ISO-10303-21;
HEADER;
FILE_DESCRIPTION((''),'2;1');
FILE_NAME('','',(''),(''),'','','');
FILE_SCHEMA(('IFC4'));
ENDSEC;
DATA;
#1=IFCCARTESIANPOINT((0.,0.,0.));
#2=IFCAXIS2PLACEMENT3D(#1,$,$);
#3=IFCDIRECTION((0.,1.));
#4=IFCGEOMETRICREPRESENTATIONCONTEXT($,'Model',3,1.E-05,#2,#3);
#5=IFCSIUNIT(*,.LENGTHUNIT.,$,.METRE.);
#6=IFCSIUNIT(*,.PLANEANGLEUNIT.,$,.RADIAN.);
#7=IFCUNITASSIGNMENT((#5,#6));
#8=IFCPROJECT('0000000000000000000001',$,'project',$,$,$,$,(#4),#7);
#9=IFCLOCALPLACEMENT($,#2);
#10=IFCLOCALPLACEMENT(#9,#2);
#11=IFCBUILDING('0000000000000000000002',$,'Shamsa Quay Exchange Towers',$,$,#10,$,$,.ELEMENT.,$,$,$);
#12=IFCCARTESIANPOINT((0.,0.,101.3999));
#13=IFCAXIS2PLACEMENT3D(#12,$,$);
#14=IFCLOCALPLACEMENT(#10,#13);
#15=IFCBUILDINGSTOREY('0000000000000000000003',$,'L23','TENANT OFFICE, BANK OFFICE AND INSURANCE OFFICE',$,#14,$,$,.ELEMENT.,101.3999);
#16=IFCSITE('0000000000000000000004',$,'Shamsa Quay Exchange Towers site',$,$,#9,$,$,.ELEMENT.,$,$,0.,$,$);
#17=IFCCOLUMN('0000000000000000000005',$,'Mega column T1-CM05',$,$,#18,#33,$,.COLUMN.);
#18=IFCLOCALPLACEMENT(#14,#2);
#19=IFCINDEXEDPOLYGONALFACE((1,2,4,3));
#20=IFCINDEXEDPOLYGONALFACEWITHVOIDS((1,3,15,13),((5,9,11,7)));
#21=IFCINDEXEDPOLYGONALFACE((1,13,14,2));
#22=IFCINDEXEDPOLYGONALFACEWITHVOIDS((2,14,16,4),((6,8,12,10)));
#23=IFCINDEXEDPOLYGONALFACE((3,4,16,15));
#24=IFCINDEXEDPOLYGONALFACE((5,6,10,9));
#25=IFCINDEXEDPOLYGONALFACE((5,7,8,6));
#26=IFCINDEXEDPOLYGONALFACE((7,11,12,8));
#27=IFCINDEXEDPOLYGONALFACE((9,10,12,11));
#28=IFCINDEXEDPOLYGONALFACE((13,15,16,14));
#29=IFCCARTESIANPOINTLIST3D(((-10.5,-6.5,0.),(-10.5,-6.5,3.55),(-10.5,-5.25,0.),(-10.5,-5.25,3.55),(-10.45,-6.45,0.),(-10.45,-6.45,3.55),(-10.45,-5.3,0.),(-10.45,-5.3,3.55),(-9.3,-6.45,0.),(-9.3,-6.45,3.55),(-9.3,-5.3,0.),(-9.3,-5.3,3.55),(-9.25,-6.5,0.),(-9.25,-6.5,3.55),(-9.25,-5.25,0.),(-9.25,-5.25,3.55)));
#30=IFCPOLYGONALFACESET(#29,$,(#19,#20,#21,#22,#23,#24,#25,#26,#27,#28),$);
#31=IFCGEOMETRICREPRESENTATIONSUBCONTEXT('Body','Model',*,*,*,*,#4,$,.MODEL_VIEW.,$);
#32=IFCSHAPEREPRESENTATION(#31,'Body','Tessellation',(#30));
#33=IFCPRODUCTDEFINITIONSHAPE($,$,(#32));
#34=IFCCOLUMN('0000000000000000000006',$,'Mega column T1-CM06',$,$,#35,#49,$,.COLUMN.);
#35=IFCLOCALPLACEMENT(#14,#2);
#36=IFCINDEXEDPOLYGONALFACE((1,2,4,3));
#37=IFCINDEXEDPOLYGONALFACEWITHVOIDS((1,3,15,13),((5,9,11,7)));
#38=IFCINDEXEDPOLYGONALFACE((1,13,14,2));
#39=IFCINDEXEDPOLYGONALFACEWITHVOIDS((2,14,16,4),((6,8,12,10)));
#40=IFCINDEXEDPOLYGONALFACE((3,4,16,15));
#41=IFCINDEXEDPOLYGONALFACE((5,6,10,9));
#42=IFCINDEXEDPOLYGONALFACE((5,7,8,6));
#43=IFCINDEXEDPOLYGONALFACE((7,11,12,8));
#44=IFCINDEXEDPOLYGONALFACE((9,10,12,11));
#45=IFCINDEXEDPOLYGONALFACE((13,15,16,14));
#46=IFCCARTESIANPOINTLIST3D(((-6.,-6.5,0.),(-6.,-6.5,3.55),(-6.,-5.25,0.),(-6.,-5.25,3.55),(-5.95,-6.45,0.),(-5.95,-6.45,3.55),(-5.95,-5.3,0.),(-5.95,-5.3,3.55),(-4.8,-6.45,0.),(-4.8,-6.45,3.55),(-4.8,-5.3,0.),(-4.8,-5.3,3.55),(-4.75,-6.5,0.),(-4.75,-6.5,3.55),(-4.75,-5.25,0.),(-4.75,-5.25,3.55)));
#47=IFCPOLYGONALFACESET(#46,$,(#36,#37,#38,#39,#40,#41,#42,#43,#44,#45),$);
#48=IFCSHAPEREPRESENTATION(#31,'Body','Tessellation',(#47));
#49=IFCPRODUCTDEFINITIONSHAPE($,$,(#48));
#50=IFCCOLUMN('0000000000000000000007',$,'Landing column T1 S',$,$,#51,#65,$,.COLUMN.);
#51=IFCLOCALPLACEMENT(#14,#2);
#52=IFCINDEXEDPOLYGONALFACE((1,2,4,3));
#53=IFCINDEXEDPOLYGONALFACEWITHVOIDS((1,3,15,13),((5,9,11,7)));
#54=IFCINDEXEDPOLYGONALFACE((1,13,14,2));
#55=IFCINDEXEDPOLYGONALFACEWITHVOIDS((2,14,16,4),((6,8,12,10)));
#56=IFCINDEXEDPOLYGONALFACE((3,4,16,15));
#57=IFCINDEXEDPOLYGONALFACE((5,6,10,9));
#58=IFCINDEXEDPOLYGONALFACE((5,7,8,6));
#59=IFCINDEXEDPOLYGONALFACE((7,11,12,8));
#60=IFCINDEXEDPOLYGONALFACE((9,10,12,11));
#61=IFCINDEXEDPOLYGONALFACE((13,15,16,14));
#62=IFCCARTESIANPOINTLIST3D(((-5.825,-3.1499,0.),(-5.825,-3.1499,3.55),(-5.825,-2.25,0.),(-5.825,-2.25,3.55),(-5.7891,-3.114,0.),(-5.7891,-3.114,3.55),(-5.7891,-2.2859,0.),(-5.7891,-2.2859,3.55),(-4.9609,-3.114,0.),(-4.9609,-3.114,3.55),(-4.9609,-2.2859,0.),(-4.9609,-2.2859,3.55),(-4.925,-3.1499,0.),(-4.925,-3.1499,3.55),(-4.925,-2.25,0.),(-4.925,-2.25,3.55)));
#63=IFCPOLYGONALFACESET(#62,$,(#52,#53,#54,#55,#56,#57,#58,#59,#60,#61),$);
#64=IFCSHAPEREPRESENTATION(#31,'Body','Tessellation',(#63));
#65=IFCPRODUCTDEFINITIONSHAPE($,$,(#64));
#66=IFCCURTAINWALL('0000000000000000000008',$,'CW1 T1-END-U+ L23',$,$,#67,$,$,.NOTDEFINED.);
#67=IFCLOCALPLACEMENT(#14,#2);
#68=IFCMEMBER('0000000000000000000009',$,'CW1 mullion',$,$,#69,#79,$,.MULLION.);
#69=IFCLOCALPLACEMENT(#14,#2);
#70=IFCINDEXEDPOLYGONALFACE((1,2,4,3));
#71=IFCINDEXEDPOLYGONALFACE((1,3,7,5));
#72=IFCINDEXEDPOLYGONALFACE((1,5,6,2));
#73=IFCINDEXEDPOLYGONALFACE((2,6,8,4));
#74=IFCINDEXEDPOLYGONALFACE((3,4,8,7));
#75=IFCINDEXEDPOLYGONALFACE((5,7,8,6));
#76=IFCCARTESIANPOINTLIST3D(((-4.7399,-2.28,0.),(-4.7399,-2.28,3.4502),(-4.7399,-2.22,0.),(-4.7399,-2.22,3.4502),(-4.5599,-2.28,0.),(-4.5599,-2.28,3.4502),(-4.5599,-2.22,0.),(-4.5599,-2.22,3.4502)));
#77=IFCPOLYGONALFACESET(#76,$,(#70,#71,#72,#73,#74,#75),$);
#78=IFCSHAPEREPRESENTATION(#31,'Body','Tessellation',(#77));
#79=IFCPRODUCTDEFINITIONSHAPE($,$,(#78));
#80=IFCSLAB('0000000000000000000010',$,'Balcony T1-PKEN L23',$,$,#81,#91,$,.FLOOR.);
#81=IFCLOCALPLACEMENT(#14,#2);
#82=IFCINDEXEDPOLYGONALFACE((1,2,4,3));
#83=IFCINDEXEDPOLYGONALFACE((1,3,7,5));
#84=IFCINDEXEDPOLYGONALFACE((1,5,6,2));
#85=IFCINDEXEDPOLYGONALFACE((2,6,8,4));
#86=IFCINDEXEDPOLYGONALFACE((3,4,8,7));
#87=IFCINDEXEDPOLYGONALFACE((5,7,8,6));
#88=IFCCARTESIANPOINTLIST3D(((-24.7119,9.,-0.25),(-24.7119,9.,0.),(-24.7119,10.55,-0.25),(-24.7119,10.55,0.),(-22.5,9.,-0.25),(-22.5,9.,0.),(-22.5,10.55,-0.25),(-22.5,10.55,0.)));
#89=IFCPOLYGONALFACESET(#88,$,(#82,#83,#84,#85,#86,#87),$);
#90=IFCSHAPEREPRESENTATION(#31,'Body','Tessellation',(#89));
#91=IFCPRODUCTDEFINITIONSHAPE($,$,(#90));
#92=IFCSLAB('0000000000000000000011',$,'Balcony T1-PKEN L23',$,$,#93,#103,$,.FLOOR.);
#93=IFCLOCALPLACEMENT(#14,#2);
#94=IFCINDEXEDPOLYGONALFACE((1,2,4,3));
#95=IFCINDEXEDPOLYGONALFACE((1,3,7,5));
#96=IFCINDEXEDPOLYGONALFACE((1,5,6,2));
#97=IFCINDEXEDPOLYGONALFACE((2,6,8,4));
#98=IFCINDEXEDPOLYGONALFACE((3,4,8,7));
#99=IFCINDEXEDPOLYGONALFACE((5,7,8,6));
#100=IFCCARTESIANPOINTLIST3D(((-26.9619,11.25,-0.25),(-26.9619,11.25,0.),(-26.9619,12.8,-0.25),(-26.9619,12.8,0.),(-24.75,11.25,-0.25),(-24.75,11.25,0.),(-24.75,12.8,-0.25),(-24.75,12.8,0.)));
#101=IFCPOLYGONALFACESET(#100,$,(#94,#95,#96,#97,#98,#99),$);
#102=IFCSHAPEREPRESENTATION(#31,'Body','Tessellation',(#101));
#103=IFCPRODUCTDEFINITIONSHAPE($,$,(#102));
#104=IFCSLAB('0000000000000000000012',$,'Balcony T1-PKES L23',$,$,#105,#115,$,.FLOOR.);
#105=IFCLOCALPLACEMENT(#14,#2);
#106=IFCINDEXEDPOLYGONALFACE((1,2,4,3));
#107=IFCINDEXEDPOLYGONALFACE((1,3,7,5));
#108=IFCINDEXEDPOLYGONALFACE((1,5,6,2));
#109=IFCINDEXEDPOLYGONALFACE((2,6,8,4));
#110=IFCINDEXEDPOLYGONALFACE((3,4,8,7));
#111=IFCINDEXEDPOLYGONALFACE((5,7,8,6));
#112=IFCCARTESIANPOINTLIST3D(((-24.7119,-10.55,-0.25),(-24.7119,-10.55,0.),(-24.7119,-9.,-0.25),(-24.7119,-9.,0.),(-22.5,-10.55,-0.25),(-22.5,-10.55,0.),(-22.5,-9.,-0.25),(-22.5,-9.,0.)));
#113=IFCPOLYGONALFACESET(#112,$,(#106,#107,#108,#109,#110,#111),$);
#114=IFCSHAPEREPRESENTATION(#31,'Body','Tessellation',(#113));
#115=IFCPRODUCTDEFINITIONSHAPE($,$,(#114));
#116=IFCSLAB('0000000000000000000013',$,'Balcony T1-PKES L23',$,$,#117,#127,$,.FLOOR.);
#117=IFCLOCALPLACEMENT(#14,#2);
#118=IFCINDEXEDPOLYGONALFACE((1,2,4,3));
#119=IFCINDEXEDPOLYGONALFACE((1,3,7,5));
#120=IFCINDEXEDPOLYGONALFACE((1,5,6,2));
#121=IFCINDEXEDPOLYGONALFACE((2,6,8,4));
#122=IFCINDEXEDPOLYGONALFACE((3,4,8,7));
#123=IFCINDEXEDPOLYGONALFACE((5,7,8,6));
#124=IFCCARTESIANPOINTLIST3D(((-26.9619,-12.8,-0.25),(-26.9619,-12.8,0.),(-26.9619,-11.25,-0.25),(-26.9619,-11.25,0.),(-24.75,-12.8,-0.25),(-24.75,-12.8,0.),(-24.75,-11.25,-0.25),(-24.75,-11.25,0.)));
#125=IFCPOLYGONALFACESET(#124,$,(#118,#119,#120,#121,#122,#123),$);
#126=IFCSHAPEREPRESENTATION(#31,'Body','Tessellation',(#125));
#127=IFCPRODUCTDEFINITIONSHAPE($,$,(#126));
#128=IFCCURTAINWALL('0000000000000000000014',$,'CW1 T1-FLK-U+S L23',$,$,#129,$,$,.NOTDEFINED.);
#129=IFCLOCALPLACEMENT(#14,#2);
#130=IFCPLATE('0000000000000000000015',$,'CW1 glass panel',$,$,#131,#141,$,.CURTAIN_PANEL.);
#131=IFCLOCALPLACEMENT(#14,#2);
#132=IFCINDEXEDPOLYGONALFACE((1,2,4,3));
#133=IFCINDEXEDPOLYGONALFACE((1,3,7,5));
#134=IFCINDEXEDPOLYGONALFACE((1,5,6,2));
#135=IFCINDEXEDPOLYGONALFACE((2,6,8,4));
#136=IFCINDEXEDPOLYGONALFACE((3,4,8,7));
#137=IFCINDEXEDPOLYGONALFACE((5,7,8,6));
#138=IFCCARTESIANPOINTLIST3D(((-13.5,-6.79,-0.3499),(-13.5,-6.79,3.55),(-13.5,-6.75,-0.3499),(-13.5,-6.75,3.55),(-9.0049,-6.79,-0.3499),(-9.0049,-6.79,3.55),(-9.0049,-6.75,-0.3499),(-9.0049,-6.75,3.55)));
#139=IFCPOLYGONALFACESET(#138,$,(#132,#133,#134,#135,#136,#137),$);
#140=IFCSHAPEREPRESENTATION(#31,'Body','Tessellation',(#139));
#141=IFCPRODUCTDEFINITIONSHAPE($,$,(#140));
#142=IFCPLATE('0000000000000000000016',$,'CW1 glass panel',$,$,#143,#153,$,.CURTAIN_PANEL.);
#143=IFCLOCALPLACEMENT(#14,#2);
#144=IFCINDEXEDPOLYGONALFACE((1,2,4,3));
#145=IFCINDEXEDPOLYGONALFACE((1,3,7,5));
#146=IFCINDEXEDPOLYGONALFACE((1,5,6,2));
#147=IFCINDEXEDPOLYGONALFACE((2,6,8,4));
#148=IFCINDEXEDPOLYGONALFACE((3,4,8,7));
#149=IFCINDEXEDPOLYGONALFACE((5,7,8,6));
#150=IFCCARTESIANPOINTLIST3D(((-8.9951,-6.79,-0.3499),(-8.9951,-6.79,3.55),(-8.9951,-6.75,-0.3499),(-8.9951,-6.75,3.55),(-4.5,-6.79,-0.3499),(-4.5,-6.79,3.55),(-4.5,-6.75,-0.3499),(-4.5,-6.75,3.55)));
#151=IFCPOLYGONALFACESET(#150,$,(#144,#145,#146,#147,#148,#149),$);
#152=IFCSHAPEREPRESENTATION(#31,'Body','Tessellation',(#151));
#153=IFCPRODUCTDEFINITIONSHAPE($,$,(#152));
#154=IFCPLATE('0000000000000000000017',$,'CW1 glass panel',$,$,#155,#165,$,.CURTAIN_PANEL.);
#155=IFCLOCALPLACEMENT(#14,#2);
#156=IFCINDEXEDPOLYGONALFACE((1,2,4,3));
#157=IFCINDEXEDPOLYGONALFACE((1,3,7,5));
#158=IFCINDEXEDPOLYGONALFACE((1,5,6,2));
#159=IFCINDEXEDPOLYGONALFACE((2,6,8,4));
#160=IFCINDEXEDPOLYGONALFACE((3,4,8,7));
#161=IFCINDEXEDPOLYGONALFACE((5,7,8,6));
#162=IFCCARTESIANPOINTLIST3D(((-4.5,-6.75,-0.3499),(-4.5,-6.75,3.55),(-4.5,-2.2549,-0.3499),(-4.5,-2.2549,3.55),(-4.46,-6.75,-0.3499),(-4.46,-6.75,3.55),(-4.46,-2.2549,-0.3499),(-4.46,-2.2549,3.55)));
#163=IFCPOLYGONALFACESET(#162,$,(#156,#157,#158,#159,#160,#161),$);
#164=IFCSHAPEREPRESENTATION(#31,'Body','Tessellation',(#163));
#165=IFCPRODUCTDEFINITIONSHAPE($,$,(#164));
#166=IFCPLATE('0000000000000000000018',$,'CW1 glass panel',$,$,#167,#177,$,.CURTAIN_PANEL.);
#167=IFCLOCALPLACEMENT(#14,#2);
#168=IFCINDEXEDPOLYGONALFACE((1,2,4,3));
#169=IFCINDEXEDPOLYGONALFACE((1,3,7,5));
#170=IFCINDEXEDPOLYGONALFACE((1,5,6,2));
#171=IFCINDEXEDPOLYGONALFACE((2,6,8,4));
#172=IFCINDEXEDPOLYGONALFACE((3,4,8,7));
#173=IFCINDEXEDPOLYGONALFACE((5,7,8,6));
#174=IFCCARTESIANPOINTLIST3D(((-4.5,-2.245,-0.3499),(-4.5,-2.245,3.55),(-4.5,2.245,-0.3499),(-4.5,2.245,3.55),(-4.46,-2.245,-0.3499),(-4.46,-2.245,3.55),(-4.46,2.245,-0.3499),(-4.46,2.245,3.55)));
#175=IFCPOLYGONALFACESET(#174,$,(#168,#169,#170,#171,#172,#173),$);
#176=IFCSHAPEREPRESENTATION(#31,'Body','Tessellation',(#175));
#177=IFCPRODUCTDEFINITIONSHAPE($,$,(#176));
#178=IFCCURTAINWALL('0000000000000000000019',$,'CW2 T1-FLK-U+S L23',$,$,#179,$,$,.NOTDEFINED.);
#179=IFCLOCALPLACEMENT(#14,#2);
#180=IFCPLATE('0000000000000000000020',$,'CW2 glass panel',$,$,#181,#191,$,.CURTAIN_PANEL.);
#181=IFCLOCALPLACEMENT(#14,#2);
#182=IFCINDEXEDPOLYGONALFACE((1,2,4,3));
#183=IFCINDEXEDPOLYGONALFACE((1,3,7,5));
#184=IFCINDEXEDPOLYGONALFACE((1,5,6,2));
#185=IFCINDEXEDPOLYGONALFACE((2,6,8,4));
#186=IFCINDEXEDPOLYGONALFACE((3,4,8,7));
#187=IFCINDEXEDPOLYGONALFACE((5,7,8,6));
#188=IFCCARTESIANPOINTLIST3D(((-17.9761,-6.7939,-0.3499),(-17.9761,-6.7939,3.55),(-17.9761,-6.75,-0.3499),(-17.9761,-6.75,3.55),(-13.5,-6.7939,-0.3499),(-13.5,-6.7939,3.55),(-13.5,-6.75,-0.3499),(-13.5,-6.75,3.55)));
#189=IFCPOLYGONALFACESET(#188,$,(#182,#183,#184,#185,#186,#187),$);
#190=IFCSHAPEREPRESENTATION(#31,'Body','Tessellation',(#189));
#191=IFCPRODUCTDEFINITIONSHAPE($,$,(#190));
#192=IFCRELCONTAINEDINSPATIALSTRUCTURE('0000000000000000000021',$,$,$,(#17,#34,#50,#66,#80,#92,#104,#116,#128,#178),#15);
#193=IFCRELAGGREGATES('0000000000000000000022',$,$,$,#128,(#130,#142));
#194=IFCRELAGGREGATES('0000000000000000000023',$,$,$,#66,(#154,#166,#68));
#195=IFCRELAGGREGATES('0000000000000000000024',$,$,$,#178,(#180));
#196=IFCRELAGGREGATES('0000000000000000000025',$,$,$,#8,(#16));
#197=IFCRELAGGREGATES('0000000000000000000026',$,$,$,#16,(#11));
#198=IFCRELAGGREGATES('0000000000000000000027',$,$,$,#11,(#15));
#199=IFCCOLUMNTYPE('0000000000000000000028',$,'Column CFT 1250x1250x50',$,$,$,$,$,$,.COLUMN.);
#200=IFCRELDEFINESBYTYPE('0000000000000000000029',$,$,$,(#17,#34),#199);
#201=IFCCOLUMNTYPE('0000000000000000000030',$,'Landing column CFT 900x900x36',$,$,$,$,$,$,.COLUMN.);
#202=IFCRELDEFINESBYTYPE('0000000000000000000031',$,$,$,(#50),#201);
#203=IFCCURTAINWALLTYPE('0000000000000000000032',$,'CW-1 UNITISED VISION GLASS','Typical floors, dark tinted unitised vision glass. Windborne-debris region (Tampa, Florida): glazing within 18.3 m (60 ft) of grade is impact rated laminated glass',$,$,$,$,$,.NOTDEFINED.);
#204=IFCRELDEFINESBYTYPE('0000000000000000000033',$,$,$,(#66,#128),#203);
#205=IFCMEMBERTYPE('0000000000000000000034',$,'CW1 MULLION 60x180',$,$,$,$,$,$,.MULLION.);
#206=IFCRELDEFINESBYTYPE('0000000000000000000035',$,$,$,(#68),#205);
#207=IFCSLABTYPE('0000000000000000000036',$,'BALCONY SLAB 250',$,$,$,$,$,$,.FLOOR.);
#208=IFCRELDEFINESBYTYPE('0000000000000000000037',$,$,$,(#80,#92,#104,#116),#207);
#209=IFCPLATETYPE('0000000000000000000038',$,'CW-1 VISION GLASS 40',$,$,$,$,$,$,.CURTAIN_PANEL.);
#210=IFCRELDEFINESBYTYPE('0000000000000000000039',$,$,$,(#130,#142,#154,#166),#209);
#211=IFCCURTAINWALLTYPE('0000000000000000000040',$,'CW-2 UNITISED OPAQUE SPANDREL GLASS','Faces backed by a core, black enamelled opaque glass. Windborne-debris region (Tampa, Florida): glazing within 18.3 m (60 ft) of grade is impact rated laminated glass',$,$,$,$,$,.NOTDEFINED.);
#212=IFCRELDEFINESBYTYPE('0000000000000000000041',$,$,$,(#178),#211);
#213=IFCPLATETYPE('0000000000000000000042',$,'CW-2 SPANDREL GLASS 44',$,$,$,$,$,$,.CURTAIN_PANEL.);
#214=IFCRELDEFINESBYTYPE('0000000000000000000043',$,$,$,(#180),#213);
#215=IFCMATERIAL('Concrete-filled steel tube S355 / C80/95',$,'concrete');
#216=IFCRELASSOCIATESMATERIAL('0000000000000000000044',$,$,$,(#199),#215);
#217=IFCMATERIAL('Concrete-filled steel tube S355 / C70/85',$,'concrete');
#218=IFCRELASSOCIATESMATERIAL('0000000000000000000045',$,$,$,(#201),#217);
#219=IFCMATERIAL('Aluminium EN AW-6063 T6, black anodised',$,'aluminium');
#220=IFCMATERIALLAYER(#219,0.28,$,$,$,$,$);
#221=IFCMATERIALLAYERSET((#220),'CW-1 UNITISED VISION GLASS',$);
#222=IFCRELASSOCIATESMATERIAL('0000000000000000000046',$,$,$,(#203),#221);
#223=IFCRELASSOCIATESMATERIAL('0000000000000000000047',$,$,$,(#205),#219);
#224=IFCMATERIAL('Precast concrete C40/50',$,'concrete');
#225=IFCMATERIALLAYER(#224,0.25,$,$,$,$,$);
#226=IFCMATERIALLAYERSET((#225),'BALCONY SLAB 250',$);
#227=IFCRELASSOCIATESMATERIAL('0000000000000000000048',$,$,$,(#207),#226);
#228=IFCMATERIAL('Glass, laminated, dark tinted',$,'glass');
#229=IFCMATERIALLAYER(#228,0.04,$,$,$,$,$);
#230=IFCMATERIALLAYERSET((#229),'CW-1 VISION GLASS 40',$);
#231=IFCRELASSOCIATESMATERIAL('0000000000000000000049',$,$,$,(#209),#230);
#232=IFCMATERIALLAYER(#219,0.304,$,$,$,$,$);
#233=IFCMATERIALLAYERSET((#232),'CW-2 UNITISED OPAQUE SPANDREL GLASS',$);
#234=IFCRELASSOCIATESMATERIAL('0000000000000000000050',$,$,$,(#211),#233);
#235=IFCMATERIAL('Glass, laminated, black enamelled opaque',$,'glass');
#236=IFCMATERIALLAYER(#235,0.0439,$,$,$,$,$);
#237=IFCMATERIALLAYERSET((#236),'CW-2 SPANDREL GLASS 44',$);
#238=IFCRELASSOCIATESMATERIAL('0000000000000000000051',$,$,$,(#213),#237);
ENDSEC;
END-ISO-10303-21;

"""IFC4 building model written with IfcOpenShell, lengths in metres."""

from ifc_helpers import new_model, si_unit, direction, frame, origin, origin_2d, place, context, subcontext, project, spatial, polyline, rectangle, hollow_rectangle, outline, extrude, material, layer, layer_set, material_profile, profile_set, type_object, element, aggregate, save


model = new_model("IFC4")

# Units and contexts
model_context = context("Model", 3, precision=1e-05, world=origin(), true_north=direction((0.0, 1.0)))
body_context = subcontext(model_context, "Body", "Model", "MODEL_VIEW")
ifc_project = project(units=[si_unit("LENGTHUNIT", "METRE"), si_unit("PLANEANGLEUNIT", "RADIAN")], contexts=[model_context])

# Site, building, storey
site_placement = place(None, origin())
site = spatial("IfcSite", under=ifc_project, at=site_placement, Name="Shamsa Quay Exchange Towers site", CompositionType="ELEMENT", RefElevation=0.0)
building_placement = place(site_placement, origin())
building = spatial("IfcBuilding", under=site, at=building_placement, Name="Shamsa Quay Exchange Towers", CompositionType="ELEMENT")
storey_placement = place(building_placement, frame((0.0, 0.0, 101.3999)))
storey = spatial("IfcBuildingStorey", under=building, at=storey_placement, Name="L23", Description="TENANT OFFICE, BANK OFFICE AND INSURANCE OFFICE", CompositionType="ELEMENT", Elevation=101.3999)

# Columns
ifc_material_1 = material(Name="Concrete-filled steel tube S355 / C80/95", Category="concrete")
ifc_material_profile_1 = material_profile(ifc_material_1, hollow_rectangle(XDim=1.25, YDim=1.25, WallThickness=0.05, at=origin_2d()), Name="CFT 1250x1250x50")
ifc_profile_set_1 = profile_set([ifc_material_profile_1], Name="Concrete-filled steel tube S355 / C80/95")
column_type_1 = type_object("IfcColumnType", Name="Column CFT 1250x1250x50", PredefinedType="COLUMN", material=ifc_profile_set_1)
for number, where, name in (
    (1, (-9.875, -5.875, 0.0), "Mega column T1-CM05"),
    (2, (-5.375, -5.875, 0.0), "Mega column T1-CM06"),
):
    element("IfcColumn", number, at=place(storey_placement, frame(where)), inside=storey, type_object=column_type_1, Name=name, PredefinedType="COLUMN", context=body_context, shape_type="SweptSolid", body=[
        extrude(hollow_rectangle(XDim=1.25, YDim=1.25, WallThickness=0.05, at=origin_2d()), origin(), (0.0, 0.0, 1.0), 3.55),
    ])
ifc_material_2 = material(Name="Concrete-filled steel tube S355 / C70/85", Category="concrete")
ifc_material_profile_2 = material_profile(ifc_material_2, hollow_rectangle(XDim=0.8999, YDim=0.8999, WallThickness=0.0359, at=origin_2d()), Name="CFT 900x900x36")
ifc_profile_set_2 = profile_set([ifc_material_profile_2], Name="Concrete-filled steel tube S355 / C70/85")
column_type_2 = type_object("IfcColumnType", Name="Landing column CFT 900x900x36", PredefinedType="COLUMN", material=ifc_profile_set_2)
column_placement = place(storey_placement, frame((-5.375, -2.7, 0.0)))
element("IfcColumn", 3, at=column_placement, inside=storey, type_object=column_type_2, Name="Landing column T1 S", PredefinedType="COLUMN", context=body_context, shape_type="SweptSolid", body=[
    extrude(hollow_rectangle(XDim=0.8999, YDim=0.8999, WallThickness=0.0359, at=origin_2d()), origin(), (0.0, 0.0, 1.0), 3.55),
])

# Curtain wall, member
ifc_material_3 = material(Name="Aluminium EN AW-6063 T6, black anodised", Category="aluminium")
ifc_layer_1 = layer(ifc_material_3, 0.28)
ifc_layer_set_1 = layer_set([ifc_layer_1], Name="CW-1 UNITISED VISION GLASS")
curtain_wall_type_1 = type_object("IfcCurtainWallType", Name="CW-1 UNITISED VISION GLASS", Description="Typical floors, dark tinted unitised vision glass. Windborne-debris region (Tampa, Florida): glazing within 18.3 m (60 ft) of grade is impact rated laminated glass", PredefinedType="NOTDEFINED", material=ifc_layer_set_1)
curtain_wall_1_placement = place(storey_placement, origin())
curtain_wall_1 = element("IfcCurtainWall", 4, at=curtain_wall_1_placement, inside=storey, type_object=curtain_wall_type_1, Name="CW1 T1-END-U+ L23", PredefinedType="NOTDEFINED")
ifc_material_profile_3 = material_profile(ifc_material_3, rectangle(XDim=0.1799, YDim=0.0601, at=origin_2d()), Name="MU60x180")
ifc_profile_set_3 = profile_set([ifc_material_profile_3], Name="Aluminium EN AW-6063 T6, black anodised")
member_type = type_object("IfcMemberType", Name="CW1 MULLION 60x180", PredefinedType="MULLION", material=ifc_profile_set_3)
member_placement = place(storey_placement, frame((-4.6499, -2.25, 0.0), z_axis=(0.0, 0.0, 1.0), x_axis=(-1.0, 0.0, 0.0)))
member = element("IfcMember", 5, at=member_placement, type_object=member_type, Name="CW1 mullion", PredefinedType="MULLION", context=body_context, shape_type="SweptSolid", body=[
    extrude(rectangle(XDim=0.1799, YDim=0.0601, at=origin_2d()), origin(), (0.0, 0.0, 1.0), 3.4502),
])

# Slabs
ifc_material_4 = material(Name="Precast concrete C40/50", Category="concrete")
ifc_layer_2 = layer(ifc_material_4, 0.25)
ifc_layer_set_2 = layer_set([ifc_layer_2], Name="BALCONY SLAB 250")
slab_type_1 = type_object("IfcSlabType", Name="BALCONY SLAB 250", PredefinedType="FLOOR", material=ifc_layer_set_2)
slab_1_placement = place(storey_placement, frame((0.0, 0.0, -0.25)))
element("IfcSlab", 6, at=slab_1_placement, inside=storey, type_object=slab_type_1, Name="Balcony T1-PKEN L23", PredefinedType="FLOOR", context=body_context, shape_type="SweptSolid", body=[
    extrude(outline(polyline([(-22.5, 9.0), (-24.7119, 9.0), (-24.7119, 10.55), (-22.5, 10.55), (-22.5, 9.0)])), origin(), (0.0, 0.0, 1.0), 0.25),
])
slab_2_placement = place(storey_placement, frame((0.0, 0.0, -0.25)))
element("IfcSlab", 7, at=slab_2_placement, inside=storey, type_object=slab_type_1, Name="Balcony T1-PKEN L23", PredefinedType="FLOOR", context=body_context, shape_type="SweptSolid", body=[
    extrude(outline(polyline([(-24.75, 11.25), (-26.9619, 11.25), (-26.9619, 12.8), (-24.75, 12.8), (-24.75, 11.25)])), origin(), (0.0, 0.0, 1.0), 0.25),
])
slab_3_placement = place(storey_placement, frame((0.0, 0.0, -0.25)))
element("IfcSlab", 8, at=slab_3_placement, inside=storey, type_object=slab_type_1, Name="Balcony T1-PKES L23", PredefinedType="FLOOR", context=body_context, shape_type="SweptSolid", body=[
    extrude(outline(polyline([(-24.7119, -9.0), (-22.5, -9.0), (-22.5, -10.55), (-24.7119, -10.55), (-24.7119, -9.0)])), origin(), (0.0, 0.0, 1.0), 0.25),
])
slab_4_placement = place(storey_placement, frame((0.0, 0.0, -0.25)))
element("IfcSlab", 9, at=slab_4_placement, inside=storey, type_object=slab_type_1, Name="Balcony T1-PKES L23", PredefinedType="FLOOR", context=body_context, shape_type="SweptSolid", body=[
    extrude(outline(polyline([(-26.9619, -11.25), (-24.75, -11.25), (-24.75, -12.8), (-26.9619, -12.8), (-26.9619, -11.25)])), origin(), (0.0, 0.0, 1.0), 0.25),
])

# Curtain wall, plates
curtain_wall_2_placement = place(storey_placement, origin())
curtain_wall_2 = element("IfcCurtainWall", 10, at=curtain_wall_2_placement, inside=storey, type_object=curtain_wall_type_1, Name="CW1 T1-FLK-U+S L23", PredefinedType="NOTDEFINED")
ifc_material_5 = material(Name="Glass, laminated, dark tinted", Category="glass")
ifc_layer_3 = layer(ifc_material_5, 0.04)
ifc_layer_set_3 = layer_set([ifc_layer_3], Name="CW-1 VISION GLASS 40")
plate_type_1 = type_object("IfcPlateType", Name="CW-1 VISION GLASS 40", PredefinedType="CURTAIN_PANEL", material=ifc_layer_set_3)
plate_1_placement = place(storey_placement, frame((-11.2524, -6.77, -0.3499)))
plate_1 = element("IfcPlate", 11, at=plate_1_placement, type_object=plate_type_1, Name="CW1 glass panel", PredefinedType="CURTAIN_PANEL", context=body_context, shape_type="SweptSolid", body=[
    extrude(rectangle(XDim=4.4951, YDim=0.04, at=origin_2d()), origin(), (0.0, 0.0, 1.0), 3.8999),
])
plate_2_placement = place(storey_placement, frame((-6.7476, -6.77, -0.3499)))
plate_2 = element("IfcPlate", 12, at=plate_2_placement, type_object=plate_type_1, Name="CW1 glass panel", PredefinedType="CURTAIN_PANEL", context=body_context, shape_type="SweptSolid", body=[
    extrude(rectangle(XDim=4.4951, YDim=0.04, at=origin_2d()), origin(), (0.0, 0.0, 1.0), 3.8999),
])
aggregate(curtain_wall_2, [plate_1, plate_2])

# Plates
plate_3_placement = place(storey_placement, frame((-4.48, -4.5024, -0.3499), z_axis=(0.0, 0.0, 1.0), x_axis=(0.0, 1.0, 0.0)))
plate_3 = element("IfcPlate", 13, at=plate_3_placement, type_object=plate_type_1, Name="CW1 glass panel", PredefinedType="CURTAIN_PANEL", context=body_context, shape_type="SweptSolid", body=[
    extrude(rectangle(XDim=4.4951, YDim=0.04, at=origin_2d()), origin(), (0.0, 0.0, 1.0), 3.8999),
])
plate_4_placement = place(storey_placement, frame((-4.48, 0.0, -0.3499), z_axis=(0.0, 0.0, 1.0), x_axis=(0.0, 1.0, 0.0)))
plate_4 = element("IfcPlate", 14, at=plate_4_placement, type_object=plate_type_1, Name="CW1 glass panel", PredefinedType="CURTAIN_PANEL", context=body_context, shape_type="SweptSolid", body=[
    extrude(rectangle(XDim=4.49, YDim=0.04, at=origin_2d()), origin(), (0.0, 0.0, 1.0), 3.8999),
])
aggregate(curtain_wall_1, [plate_3, plate_4, member])

# Curtain wall, plate
ifc_layer_4 = layer(ifc_material_3, 0.304)
ifc_layer_set_4 = layer_set([ifc_layer_4], Name="CW-2 UNITISED OPAQUE SPANDREL GLASS")
curtain_wall_type_2 = type_object("IfcCurtainWallType", Name="CW-2 UNITISED OPAQUE SPANDREL GLASS", Description="Faces backed by a core, black enamelled opaque glass. Windborne-debris region (Tampa, Florida): glazing within 18.3 m (60 ft) of grade is impact rated laminated glass", PredefinedType="NOTDEFINED", material=ifc_layer_set_4)
curtain_wall_3_placement = place(storey_placement, origin())
curtain_wall_3 = element("IfcCurtainWall", 15, at=curtain_wall_3_placement, inside=storey, type_object=curtain_wall_type_2, Name="CW2 T1-FLK-U+S L23", PredefinedType="NOTDEFINED")
ifc_material_6 = material(Name="Glass, laminated, black enamelled opaque", Category="glass")
ifc_layer_5 = layer(ifc_material_6, 0.0439)
ifc_layer_set_5 = layer_set([ifc_layer_5], Name="CW-2 SPANDREL GLASS 44")
plate_type_2 = type_object("IfcPlateType", Name="CW-2 SPANDREL GLASS 44", PredefinedType="CURTAIN_PANEL", material=ifc_layer_set_5)
plate_5_placement = place(storey_placement, frame((-15.738, -6.772, -0.3499)))
plate_5 = element("IfcPlate", 16, at=plate_5_placement, type_object=plate_type_2, Name="CW2 glass panel", PredefinedType="CURTAIN_PANEL", context=body_context, shape_type="SweptSolid", body=[
    extrude(rectangle(XDim=4.4761, YDim=0.0439, at=origin_2d()), origin(), (0.0, 0.0, 1.0), 3.8999),
])
aggregate(curtain_wall_3, [plate_5])

save(model, "model.ifc")
